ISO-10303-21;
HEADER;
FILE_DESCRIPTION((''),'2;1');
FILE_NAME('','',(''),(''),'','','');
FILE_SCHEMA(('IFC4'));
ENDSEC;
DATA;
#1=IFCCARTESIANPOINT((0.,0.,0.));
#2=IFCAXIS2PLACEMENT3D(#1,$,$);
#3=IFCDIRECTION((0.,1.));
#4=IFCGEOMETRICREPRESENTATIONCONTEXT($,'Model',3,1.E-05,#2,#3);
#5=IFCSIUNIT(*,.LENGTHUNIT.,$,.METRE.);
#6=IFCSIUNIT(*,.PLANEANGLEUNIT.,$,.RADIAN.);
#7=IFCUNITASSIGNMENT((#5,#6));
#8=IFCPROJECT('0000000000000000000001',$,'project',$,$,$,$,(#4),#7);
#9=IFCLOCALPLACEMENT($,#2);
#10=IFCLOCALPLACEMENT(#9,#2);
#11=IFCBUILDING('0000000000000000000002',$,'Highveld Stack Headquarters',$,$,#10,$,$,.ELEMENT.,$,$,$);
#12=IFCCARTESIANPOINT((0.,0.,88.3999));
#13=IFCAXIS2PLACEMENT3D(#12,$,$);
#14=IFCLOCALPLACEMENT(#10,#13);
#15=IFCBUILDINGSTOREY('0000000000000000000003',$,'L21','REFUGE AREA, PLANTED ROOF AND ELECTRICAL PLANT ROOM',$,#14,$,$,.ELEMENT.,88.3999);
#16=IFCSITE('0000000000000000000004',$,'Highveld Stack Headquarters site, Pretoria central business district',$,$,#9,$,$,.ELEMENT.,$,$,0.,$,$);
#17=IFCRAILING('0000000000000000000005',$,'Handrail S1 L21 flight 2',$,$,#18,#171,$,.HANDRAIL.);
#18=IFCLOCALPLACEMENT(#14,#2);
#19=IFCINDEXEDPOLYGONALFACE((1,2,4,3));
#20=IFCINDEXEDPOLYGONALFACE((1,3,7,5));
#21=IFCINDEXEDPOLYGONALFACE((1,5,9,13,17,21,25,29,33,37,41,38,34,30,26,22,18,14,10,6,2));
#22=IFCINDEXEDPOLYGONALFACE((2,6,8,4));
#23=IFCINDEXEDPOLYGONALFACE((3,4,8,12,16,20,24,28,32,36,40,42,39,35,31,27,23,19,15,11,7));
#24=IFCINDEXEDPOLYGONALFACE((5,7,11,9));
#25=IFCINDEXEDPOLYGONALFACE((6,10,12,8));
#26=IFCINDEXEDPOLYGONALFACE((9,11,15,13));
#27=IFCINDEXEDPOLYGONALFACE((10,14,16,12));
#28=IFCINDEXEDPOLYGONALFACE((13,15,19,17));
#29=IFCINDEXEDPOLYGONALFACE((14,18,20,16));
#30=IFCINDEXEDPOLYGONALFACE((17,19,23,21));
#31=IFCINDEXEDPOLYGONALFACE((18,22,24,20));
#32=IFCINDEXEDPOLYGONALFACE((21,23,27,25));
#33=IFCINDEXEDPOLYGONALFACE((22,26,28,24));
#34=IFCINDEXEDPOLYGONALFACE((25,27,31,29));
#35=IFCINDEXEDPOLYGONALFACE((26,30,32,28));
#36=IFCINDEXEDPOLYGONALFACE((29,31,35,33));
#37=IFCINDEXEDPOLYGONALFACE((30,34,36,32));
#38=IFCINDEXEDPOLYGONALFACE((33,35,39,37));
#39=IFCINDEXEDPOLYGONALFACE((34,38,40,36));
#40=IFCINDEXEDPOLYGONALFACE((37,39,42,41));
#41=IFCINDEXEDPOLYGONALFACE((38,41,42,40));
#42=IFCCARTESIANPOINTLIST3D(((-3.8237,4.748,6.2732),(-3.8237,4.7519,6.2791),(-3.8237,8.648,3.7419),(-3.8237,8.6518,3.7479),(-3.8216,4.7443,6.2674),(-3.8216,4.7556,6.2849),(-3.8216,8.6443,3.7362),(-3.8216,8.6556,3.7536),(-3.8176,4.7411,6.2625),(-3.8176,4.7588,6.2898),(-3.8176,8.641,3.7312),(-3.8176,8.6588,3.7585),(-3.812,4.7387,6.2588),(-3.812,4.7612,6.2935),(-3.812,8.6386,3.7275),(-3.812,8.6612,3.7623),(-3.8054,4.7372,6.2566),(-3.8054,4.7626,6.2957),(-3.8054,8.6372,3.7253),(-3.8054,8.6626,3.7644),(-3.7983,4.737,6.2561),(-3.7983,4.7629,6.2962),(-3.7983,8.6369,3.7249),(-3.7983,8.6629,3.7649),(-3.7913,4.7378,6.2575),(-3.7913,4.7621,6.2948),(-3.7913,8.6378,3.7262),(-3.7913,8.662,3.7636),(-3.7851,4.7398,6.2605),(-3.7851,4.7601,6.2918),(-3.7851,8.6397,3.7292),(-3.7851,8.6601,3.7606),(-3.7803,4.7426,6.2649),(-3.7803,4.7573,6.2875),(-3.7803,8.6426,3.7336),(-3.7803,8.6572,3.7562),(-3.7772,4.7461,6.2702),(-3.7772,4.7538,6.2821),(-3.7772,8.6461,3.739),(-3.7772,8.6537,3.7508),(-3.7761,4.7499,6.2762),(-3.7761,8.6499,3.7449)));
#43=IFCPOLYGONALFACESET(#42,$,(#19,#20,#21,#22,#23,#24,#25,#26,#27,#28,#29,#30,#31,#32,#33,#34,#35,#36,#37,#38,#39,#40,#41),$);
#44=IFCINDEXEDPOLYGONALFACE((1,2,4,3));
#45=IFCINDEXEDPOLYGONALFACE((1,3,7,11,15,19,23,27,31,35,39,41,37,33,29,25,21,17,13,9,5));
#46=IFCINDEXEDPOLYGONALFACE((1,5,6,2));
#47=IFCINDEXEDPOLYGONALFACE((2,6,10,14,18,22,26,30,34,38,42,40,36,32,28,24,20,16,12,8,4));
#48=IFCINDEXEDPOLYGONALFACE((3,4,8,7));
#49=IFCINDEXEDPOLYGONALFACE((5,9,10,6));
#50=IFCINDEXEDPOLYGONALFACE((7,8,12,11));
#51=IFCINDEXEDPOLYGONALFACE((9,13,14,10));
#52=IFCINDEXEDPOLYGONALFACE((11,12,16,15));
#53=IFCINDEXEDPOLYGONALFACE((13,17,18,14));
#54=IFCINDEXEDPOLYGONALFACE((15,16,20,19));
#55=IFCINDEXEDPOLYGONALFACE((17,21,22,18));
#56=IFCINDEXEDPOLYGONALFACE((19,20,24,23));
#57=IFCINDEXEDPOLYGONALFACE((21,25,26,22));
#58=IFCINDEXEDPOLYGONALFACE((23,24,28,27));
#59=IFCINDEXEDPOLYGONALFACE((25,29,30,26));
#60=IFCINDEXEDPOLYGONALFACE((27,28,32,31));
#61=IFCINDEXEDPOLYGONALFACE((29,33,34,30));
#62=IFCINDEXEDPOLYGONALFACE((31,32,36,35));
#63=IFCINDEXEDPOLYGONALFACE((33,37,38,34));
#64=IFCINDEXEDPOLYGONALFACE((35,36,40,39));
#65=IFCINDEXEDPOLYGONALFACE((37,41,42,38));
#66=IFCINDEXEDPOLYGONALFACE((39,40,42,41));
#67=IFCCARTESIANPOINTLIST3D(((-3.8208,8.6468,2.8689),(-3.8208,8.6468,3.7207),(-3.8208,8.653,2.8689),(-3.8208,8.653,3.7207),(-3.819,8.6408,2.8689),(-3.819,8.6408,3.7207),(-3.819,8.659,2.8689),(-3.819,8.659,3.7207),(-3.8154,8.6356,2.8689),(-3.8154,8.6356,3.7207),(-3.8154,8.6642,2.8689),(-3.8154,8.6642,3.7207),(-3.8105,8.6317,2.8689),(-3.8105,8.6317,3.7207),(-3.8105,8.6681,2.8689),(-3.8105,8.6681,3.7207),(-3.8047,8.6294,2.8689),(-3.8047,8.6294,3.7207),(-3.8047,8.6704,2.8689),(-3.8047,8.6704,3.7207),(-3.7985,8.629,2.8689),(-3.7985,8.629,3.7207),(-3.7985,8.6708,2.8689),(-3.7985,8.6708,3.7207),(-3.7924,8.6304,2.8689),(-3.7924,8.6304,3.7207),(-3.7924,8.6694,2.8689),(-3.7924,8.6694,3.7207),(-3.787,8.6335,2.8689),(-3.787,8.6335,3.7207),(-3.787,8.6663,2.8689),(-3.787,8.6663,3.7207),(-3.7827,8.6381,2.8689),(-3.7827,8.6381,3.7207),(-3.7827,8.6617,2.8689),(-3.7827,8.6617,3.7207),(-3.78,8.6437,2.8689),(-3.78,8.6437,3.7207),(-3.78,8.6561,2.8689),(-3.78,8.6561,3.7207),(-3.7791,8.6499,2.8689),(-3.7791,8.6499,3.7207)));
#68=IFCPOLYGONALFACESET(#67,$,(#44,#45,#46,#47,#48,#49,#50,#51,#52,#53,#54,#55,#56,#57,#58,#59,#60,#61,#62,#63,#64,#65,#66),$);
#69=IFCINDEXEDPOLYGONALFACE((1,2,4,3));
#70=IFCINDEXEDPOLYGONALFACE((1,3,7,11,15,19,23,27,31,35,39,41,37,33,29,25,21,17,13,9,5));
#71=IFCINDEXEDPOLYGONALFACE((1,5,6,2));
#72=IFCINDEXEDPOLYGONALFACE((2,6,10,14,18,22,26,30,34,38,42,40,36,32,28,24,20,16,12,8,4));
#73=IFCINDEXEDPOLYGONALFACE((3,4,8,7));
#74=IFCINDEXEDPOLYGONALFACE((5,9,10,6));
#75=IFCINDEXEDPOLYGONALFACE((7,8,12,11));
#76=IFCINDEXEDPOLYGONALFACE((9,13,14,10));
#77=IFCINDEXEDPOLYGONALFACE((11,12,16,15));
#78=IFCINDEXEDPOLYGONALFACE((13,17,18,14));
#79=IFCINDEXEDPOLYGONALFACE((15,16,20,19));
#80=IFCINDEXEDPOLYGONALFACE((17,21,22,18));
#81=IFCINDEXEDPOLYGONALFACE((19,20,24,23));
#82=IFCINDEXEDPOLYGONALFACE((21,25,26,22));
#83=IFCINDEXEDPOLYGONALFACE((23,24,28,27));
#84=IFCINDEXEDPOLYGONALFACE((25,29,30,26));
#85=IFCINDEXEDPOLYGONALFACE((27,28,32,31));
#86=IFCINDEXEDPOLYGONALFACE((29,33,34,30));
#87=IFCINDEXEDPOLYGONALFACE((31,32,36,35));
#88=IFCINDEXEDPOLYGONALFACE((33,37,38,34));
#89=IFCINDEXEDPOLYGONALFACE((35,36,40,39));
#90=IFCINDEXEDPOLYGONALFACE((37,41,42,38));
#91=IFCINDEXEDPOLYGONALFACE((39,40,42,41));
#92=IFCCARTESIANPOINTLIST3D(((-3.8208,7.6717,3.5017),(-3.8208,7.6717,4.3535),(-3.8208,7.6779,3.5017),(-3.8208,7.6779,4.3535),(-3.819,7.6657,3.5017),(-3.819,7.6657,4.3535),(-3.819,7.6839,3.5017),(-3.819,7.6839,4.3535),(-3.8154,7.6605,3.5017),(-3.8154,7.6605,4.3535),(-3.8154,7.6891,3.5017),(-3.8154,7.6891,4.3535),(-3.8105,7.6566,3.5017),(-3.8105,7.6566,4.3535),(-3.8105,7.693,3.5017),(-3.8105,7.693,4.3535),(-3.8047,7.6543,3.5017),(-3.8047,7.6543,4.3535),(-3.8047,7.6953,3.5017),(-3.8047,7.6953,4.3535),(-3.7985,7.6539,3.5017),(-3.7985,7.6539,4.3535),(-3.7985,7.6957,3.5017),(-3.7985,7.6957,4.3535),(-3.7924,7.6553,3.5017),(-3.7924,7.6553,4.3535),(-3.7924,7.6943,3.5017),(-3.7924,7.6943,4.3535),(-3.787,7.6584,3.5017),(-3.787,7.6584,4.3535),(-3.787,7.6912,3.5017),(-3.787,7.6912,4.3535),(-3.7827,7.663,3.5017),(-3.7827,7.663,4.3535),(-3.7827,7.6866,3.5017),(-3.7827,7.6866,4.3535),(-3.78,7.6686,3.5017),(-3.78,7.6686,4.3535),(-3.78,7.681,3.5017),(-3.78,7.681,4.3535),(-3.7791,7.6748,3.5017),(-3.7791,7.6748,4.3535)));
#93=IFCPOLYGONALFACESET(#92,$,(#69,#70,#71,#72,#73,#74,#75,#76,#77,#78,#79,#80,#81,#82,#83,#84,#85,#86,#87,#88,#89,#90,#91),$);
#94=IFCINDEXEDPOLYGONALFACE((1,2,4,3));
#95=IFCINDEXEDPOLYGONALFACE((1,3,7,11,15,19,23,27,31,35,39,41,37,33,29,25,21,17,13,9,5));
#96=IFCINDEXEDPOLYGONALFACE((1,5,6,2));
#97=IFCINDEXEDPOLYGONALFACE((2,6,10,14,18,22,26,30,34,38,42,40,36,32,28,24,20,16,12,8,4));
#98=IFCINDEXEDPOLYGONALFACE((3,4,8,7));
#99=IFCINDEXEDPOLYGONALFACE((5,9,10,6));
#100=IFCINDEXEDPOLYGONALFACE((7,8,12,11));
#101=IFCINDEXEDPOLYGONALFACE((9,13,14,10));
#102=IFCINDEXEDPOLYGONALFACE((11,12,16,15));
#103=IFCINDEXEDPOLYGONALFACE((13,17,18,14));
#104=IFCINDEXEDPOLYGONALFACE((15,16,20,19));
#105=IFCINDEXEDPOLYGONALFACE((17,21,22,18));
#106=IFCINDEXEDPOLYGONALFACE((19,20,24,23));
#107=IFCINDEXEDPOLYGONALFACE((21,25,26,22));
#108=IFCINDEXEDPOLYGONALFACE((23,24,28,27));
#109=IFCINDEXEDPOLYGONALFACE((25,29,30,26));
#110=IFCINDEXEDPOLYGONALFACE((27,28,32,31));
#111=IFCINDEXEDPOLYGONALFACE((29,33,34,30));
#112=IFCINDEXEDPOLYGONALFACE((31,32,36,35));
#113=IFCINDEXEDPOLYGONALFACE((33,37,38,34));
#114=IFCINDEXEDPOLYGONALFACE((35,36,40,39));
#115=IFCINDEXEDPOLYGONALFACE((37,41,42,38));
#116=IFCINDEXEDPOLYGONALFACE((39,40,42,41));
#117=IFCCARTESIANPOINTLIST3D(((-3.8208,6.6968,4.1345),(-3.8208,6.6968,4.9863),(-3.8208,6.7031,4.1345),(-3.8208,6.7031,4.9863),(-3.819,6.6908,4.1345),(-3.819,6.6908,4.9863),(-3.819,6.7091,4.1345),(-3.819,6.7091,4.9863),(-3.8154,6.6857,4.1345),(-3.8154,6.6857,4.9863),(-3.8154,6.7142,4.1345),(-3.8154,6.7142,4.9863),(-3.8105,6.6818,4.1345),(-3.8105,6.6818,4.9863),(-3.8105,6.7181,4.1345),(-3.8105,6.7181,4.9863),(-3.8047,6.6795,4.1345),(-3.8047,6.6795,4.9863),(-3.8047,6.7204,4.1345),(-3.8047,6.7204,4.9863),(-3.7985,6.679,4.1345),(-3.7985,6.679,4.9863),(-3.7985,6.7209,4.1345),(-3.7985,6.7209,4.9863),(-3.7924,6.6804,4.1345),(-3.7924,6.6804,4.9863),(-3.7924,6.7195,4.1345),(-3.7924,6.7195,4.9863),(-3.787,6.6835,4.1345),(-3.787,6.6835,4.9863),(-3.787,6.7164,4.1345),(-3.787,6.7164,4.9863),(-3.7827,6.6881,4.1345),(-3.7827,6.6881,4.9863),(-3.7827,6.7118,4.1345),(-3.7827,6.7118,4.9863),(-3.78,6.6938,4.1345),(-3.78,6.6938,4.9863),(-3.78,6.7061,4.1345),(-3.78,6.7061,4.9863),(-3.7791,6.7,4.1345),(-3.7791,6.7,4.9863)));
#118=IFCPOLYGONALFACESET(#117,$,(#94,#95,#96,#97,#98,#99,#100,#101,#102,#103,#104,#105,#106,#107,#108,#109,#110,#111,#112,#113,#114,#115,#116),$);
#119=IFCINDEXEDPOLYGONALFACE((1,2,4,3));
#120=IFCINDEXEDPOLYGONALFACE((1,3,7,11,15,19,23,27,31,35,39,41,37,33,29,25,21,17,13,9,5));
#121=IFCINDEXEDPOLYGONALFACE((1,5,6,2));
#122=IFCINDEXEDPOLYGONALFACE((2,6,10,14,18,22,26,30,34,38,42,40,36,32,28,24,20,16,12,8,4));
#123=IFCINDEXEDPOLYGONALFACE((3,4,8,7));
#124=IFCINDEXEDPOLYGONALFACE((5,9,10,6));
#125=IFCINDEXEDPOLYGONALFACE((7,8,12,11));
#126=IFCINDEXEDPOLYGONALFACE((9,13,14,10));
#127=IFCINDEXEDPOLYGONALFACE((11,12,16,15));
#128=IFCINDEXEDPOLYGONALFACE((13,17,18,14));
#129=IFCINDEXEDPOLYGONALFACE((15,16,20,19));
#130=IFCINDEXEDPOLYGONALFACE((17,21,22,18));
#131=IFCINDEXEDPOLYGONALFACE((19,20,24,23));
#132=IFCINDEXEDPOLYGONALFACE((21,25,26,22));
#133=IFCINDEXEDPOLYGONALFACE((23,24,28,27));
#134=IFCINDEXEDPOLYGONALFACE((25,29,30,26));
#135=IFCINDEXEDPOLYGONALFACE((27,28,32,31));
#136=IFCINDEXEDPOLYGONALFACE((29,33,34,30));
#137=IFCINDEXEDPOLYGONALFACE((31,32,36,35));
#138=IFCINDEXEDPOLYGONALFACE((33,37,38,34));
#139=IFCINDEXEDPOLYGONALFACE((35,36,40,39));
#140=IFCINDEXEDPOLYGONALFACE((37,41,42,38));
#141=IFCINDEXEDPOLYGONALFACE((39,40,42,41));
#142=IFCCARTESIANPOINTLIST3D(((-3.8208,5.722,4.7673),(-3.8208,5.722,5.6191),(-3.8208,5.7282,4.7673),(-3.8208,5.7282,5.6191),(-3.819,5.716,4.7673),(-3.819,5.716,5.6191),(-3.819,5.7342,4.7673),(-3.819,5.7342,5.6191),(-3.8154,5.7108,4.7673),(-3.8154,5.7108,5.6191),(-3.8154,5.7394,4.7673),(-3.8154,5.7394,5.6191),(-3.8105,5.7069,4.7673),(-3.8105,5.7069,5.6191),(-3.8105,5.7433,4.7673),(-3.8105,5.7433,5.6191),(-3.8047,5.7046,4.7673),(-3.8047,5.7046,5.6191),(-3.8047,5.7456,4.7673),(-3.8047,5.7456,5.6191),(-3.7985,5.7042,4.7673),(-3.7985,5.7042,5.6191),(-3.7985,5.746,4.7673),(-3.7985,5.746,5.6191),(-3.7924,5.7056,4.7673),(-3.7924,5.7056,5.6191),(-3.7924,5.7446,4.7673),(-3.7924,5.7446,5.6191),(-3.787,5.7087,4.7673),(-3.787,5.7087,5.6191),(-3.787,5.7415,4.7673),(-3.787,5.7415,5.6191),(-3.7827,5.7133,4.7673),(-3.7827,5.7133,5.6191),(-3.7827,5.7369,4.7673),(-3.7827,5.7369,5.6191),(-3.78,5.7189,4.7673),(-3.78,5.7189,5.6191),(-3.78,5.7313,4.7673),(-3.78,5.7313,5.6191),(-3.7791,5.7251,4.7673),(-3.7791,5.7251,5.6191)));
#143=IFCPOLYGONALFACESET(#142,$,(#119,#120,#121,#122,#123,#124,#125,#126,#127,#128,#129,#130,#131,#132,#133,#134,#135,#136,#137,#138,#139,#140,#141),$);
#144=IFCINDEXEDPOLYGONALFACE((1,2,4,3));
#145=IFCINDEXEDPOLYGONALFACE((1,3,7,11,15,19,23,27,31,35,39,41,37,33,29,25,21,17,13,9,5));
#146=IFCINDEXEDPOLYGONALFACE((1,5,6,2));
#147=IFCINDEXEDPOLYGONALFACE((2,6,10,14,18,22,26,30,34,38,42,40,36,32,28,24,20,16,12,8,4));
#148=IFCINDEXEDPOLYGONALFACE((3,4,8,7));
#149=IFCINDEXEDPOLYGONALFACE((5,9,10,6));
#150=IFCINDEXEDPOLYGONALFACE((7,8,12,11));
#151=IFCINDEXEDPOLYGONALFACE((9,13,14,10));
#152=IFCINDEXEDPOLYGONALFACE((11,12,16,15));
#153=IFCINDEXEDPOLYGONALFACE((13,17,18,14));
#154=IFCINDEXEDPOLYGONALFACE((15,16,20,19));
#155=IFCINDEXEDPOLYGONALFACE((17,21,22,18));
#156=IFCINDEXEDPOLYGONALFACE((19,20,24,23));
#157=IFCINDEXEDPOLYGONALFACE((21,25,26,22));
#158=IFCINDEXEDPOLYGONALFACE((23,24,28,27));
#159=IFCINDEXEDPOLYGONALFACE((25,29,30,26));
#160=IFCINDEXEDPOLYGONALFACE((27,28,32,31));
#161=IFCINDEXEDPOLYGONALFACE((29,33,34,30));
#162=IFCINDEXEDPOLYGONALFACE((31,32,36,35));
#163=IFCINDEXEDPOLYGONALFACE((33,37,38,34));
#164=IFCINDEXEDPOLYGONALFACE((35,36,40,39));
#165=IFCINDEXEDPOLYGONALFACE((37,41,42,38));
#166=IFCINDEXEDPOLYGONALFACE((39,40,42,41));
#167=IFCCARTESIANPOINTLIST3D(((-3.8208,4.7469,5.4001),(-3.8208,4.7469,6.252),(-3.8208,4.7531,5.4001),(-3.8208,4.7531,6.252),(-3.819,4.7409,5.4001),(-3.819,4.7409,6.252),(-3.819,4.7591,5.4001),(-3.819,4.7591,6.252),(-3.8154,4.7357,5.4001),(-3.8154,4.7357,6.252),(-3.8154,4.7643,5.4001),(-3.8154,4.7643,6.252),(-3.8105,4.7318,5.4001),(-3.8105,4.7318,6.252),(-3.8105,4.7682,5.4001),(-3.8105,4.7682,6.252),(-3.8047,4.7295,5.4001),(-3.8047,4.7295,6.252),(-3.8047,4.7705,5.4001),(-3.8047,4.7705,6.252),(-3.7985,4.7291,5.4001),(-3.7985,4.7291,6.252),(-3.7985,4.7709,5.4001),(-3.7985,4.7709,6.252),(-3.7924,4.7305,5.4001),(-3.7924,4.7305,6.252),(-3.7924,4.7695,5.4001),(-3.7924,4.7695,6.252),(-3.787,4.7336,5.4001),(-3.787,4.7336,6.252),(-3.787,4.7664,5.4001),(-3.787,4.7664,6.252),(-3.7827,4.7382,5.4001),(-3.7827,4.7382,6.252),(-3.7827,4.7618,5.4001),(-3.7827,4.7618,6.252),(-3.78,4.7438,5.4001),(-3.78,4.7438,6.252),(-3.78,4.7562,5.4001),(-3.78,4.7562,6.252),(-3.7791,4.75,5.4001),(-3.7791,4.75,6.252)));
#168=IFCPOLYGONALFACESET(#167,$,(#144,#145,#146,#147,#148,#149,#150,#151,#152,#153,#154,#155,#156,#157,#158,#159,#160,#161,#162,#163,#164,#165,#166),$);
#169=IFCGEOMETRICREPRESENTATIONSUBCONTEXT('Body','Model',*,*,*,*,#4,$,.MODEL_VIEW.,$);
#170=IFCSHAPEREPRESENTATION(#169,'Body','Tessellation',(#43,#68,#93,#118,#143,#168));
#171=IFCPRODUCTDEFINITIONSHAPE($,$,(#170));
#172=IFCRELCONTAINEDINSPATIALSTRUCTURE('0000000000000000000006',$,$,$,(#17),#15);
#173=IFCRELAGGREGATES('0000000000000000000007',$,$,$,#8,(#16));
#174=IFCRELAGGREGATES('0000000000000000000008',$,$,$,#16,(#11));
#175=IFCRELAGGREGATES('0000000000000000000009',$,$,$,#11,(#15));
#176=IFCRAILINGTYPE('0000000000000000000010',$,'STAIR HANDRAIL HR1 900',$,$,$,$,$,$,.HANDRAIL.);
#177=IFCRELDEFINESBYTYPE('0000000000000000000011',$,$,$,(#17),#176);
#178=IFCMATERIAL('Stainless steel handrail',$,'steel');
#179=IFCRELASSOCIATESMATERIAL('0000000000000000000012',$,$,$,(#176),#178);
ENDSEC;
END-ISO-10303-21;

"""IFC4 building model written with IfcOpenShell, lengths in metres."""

from ifc_helpers import new_model, si_unit, direction, frame, origin, origin_2d, place, context, subcontext, project, spatial, circle, extrude, material, type_object, element, save


model = new_model("IFC4")

# Units and contexts
model_context = context("Model", 3, precision=1e-05, world=origin(), true_north=direction((0.0, 1.0)))
body_context = subcontext(model_context, "Body", "Model", "MODEL_VIEW")
ifc_project = project(units=[si_unit("LENGTHUNIT", "METRE"), si_unit("PLANEANGLEUNIT", "RADIAN")], contexts=[model_context])

# Site, building, storey
site_placement = place(None, origin())
site = spatial("IfcSite", under=ifc_project, at=site_placement, Name="Highveld Stack Headquarters site, Pretoria central business district", CompositionType="ELEMENT", RefElevation=0.0)
building_placement = place(site_placement, origin())
building = spatial("IfcBuilding", under=site, at=building_placement, Name="Highveld Stack Headquarters", CompositionType="ELEMENT")
storey_placement = place(building_placement, frame((0.0, 0.0, 88.3999)))
storey = spatial("IfcBuildingStorey", under=building, at=storey_placement, Name="L21", Description="REFUGE AREA, PLANTED ROOF AND ELECTRICAL PLANT ROOM", CompositionType="ELEMENT", Elevation=88.3999)

# Railing
ifc_material_1 = material(Name="Stainless steel handrail", Category="steel")
railing_type = type_object("IfcRailingType", Name="STAIR HANDRAIL HR1 900", PredefinedType="HANDRAIL", material=ifc_material_1)
for number, where, name in (
    (1, (-3.8, 8.6499, 2.8689), "Handrail S1 L21 flight 2"),
):
    element("IfcRailing", number, at=place(storey_placement, frame(where)), inside=storey, type_object=railing_type, Name=name, PredefinedType="HANDRAIL", context=body_context, shape_type="SweptSolid", body=[
        extrude(circle(Radius=0.0239, at=origin_2d()), frame((0.0, 0.0, 0.876), z_axis=(0.0, -0.838806, 0.544431), x_axis=(1.0, 0.0, 0.0)), (0.0, 0.0, 1.0), 4.6494),
        extrude(circle(Radius=0.021, at=origin_2d()), origin(), (0.0, 0.0, 1.0), 0.8518),
        extrude(circle(Radius=0.021, at=origin_2d()), frame((0.0, -0.9751, 0.6328)), (0.0, 0.0, 1.0), 0.8518),
        extrude(circle(Radius=0.021, at=origin_2d()), frame((0.0, -1.95, 1.2656)), (0.0, 0.0, 1.0), 0.8518),
        extrude(circle(Radius=0.021, at=origin_2d()), frame((0.0, -2.9248, 1.8984)), (0.0, 0.0, 1.0), 0.8518),
        extrude(circle(Radius=0.021, at=origin_2d()), frame((0.0, -3.8999, 2.5312)), (0.0, 0.0, 1.0), 0.8518),
    ])

save(model, "model.ifc")
